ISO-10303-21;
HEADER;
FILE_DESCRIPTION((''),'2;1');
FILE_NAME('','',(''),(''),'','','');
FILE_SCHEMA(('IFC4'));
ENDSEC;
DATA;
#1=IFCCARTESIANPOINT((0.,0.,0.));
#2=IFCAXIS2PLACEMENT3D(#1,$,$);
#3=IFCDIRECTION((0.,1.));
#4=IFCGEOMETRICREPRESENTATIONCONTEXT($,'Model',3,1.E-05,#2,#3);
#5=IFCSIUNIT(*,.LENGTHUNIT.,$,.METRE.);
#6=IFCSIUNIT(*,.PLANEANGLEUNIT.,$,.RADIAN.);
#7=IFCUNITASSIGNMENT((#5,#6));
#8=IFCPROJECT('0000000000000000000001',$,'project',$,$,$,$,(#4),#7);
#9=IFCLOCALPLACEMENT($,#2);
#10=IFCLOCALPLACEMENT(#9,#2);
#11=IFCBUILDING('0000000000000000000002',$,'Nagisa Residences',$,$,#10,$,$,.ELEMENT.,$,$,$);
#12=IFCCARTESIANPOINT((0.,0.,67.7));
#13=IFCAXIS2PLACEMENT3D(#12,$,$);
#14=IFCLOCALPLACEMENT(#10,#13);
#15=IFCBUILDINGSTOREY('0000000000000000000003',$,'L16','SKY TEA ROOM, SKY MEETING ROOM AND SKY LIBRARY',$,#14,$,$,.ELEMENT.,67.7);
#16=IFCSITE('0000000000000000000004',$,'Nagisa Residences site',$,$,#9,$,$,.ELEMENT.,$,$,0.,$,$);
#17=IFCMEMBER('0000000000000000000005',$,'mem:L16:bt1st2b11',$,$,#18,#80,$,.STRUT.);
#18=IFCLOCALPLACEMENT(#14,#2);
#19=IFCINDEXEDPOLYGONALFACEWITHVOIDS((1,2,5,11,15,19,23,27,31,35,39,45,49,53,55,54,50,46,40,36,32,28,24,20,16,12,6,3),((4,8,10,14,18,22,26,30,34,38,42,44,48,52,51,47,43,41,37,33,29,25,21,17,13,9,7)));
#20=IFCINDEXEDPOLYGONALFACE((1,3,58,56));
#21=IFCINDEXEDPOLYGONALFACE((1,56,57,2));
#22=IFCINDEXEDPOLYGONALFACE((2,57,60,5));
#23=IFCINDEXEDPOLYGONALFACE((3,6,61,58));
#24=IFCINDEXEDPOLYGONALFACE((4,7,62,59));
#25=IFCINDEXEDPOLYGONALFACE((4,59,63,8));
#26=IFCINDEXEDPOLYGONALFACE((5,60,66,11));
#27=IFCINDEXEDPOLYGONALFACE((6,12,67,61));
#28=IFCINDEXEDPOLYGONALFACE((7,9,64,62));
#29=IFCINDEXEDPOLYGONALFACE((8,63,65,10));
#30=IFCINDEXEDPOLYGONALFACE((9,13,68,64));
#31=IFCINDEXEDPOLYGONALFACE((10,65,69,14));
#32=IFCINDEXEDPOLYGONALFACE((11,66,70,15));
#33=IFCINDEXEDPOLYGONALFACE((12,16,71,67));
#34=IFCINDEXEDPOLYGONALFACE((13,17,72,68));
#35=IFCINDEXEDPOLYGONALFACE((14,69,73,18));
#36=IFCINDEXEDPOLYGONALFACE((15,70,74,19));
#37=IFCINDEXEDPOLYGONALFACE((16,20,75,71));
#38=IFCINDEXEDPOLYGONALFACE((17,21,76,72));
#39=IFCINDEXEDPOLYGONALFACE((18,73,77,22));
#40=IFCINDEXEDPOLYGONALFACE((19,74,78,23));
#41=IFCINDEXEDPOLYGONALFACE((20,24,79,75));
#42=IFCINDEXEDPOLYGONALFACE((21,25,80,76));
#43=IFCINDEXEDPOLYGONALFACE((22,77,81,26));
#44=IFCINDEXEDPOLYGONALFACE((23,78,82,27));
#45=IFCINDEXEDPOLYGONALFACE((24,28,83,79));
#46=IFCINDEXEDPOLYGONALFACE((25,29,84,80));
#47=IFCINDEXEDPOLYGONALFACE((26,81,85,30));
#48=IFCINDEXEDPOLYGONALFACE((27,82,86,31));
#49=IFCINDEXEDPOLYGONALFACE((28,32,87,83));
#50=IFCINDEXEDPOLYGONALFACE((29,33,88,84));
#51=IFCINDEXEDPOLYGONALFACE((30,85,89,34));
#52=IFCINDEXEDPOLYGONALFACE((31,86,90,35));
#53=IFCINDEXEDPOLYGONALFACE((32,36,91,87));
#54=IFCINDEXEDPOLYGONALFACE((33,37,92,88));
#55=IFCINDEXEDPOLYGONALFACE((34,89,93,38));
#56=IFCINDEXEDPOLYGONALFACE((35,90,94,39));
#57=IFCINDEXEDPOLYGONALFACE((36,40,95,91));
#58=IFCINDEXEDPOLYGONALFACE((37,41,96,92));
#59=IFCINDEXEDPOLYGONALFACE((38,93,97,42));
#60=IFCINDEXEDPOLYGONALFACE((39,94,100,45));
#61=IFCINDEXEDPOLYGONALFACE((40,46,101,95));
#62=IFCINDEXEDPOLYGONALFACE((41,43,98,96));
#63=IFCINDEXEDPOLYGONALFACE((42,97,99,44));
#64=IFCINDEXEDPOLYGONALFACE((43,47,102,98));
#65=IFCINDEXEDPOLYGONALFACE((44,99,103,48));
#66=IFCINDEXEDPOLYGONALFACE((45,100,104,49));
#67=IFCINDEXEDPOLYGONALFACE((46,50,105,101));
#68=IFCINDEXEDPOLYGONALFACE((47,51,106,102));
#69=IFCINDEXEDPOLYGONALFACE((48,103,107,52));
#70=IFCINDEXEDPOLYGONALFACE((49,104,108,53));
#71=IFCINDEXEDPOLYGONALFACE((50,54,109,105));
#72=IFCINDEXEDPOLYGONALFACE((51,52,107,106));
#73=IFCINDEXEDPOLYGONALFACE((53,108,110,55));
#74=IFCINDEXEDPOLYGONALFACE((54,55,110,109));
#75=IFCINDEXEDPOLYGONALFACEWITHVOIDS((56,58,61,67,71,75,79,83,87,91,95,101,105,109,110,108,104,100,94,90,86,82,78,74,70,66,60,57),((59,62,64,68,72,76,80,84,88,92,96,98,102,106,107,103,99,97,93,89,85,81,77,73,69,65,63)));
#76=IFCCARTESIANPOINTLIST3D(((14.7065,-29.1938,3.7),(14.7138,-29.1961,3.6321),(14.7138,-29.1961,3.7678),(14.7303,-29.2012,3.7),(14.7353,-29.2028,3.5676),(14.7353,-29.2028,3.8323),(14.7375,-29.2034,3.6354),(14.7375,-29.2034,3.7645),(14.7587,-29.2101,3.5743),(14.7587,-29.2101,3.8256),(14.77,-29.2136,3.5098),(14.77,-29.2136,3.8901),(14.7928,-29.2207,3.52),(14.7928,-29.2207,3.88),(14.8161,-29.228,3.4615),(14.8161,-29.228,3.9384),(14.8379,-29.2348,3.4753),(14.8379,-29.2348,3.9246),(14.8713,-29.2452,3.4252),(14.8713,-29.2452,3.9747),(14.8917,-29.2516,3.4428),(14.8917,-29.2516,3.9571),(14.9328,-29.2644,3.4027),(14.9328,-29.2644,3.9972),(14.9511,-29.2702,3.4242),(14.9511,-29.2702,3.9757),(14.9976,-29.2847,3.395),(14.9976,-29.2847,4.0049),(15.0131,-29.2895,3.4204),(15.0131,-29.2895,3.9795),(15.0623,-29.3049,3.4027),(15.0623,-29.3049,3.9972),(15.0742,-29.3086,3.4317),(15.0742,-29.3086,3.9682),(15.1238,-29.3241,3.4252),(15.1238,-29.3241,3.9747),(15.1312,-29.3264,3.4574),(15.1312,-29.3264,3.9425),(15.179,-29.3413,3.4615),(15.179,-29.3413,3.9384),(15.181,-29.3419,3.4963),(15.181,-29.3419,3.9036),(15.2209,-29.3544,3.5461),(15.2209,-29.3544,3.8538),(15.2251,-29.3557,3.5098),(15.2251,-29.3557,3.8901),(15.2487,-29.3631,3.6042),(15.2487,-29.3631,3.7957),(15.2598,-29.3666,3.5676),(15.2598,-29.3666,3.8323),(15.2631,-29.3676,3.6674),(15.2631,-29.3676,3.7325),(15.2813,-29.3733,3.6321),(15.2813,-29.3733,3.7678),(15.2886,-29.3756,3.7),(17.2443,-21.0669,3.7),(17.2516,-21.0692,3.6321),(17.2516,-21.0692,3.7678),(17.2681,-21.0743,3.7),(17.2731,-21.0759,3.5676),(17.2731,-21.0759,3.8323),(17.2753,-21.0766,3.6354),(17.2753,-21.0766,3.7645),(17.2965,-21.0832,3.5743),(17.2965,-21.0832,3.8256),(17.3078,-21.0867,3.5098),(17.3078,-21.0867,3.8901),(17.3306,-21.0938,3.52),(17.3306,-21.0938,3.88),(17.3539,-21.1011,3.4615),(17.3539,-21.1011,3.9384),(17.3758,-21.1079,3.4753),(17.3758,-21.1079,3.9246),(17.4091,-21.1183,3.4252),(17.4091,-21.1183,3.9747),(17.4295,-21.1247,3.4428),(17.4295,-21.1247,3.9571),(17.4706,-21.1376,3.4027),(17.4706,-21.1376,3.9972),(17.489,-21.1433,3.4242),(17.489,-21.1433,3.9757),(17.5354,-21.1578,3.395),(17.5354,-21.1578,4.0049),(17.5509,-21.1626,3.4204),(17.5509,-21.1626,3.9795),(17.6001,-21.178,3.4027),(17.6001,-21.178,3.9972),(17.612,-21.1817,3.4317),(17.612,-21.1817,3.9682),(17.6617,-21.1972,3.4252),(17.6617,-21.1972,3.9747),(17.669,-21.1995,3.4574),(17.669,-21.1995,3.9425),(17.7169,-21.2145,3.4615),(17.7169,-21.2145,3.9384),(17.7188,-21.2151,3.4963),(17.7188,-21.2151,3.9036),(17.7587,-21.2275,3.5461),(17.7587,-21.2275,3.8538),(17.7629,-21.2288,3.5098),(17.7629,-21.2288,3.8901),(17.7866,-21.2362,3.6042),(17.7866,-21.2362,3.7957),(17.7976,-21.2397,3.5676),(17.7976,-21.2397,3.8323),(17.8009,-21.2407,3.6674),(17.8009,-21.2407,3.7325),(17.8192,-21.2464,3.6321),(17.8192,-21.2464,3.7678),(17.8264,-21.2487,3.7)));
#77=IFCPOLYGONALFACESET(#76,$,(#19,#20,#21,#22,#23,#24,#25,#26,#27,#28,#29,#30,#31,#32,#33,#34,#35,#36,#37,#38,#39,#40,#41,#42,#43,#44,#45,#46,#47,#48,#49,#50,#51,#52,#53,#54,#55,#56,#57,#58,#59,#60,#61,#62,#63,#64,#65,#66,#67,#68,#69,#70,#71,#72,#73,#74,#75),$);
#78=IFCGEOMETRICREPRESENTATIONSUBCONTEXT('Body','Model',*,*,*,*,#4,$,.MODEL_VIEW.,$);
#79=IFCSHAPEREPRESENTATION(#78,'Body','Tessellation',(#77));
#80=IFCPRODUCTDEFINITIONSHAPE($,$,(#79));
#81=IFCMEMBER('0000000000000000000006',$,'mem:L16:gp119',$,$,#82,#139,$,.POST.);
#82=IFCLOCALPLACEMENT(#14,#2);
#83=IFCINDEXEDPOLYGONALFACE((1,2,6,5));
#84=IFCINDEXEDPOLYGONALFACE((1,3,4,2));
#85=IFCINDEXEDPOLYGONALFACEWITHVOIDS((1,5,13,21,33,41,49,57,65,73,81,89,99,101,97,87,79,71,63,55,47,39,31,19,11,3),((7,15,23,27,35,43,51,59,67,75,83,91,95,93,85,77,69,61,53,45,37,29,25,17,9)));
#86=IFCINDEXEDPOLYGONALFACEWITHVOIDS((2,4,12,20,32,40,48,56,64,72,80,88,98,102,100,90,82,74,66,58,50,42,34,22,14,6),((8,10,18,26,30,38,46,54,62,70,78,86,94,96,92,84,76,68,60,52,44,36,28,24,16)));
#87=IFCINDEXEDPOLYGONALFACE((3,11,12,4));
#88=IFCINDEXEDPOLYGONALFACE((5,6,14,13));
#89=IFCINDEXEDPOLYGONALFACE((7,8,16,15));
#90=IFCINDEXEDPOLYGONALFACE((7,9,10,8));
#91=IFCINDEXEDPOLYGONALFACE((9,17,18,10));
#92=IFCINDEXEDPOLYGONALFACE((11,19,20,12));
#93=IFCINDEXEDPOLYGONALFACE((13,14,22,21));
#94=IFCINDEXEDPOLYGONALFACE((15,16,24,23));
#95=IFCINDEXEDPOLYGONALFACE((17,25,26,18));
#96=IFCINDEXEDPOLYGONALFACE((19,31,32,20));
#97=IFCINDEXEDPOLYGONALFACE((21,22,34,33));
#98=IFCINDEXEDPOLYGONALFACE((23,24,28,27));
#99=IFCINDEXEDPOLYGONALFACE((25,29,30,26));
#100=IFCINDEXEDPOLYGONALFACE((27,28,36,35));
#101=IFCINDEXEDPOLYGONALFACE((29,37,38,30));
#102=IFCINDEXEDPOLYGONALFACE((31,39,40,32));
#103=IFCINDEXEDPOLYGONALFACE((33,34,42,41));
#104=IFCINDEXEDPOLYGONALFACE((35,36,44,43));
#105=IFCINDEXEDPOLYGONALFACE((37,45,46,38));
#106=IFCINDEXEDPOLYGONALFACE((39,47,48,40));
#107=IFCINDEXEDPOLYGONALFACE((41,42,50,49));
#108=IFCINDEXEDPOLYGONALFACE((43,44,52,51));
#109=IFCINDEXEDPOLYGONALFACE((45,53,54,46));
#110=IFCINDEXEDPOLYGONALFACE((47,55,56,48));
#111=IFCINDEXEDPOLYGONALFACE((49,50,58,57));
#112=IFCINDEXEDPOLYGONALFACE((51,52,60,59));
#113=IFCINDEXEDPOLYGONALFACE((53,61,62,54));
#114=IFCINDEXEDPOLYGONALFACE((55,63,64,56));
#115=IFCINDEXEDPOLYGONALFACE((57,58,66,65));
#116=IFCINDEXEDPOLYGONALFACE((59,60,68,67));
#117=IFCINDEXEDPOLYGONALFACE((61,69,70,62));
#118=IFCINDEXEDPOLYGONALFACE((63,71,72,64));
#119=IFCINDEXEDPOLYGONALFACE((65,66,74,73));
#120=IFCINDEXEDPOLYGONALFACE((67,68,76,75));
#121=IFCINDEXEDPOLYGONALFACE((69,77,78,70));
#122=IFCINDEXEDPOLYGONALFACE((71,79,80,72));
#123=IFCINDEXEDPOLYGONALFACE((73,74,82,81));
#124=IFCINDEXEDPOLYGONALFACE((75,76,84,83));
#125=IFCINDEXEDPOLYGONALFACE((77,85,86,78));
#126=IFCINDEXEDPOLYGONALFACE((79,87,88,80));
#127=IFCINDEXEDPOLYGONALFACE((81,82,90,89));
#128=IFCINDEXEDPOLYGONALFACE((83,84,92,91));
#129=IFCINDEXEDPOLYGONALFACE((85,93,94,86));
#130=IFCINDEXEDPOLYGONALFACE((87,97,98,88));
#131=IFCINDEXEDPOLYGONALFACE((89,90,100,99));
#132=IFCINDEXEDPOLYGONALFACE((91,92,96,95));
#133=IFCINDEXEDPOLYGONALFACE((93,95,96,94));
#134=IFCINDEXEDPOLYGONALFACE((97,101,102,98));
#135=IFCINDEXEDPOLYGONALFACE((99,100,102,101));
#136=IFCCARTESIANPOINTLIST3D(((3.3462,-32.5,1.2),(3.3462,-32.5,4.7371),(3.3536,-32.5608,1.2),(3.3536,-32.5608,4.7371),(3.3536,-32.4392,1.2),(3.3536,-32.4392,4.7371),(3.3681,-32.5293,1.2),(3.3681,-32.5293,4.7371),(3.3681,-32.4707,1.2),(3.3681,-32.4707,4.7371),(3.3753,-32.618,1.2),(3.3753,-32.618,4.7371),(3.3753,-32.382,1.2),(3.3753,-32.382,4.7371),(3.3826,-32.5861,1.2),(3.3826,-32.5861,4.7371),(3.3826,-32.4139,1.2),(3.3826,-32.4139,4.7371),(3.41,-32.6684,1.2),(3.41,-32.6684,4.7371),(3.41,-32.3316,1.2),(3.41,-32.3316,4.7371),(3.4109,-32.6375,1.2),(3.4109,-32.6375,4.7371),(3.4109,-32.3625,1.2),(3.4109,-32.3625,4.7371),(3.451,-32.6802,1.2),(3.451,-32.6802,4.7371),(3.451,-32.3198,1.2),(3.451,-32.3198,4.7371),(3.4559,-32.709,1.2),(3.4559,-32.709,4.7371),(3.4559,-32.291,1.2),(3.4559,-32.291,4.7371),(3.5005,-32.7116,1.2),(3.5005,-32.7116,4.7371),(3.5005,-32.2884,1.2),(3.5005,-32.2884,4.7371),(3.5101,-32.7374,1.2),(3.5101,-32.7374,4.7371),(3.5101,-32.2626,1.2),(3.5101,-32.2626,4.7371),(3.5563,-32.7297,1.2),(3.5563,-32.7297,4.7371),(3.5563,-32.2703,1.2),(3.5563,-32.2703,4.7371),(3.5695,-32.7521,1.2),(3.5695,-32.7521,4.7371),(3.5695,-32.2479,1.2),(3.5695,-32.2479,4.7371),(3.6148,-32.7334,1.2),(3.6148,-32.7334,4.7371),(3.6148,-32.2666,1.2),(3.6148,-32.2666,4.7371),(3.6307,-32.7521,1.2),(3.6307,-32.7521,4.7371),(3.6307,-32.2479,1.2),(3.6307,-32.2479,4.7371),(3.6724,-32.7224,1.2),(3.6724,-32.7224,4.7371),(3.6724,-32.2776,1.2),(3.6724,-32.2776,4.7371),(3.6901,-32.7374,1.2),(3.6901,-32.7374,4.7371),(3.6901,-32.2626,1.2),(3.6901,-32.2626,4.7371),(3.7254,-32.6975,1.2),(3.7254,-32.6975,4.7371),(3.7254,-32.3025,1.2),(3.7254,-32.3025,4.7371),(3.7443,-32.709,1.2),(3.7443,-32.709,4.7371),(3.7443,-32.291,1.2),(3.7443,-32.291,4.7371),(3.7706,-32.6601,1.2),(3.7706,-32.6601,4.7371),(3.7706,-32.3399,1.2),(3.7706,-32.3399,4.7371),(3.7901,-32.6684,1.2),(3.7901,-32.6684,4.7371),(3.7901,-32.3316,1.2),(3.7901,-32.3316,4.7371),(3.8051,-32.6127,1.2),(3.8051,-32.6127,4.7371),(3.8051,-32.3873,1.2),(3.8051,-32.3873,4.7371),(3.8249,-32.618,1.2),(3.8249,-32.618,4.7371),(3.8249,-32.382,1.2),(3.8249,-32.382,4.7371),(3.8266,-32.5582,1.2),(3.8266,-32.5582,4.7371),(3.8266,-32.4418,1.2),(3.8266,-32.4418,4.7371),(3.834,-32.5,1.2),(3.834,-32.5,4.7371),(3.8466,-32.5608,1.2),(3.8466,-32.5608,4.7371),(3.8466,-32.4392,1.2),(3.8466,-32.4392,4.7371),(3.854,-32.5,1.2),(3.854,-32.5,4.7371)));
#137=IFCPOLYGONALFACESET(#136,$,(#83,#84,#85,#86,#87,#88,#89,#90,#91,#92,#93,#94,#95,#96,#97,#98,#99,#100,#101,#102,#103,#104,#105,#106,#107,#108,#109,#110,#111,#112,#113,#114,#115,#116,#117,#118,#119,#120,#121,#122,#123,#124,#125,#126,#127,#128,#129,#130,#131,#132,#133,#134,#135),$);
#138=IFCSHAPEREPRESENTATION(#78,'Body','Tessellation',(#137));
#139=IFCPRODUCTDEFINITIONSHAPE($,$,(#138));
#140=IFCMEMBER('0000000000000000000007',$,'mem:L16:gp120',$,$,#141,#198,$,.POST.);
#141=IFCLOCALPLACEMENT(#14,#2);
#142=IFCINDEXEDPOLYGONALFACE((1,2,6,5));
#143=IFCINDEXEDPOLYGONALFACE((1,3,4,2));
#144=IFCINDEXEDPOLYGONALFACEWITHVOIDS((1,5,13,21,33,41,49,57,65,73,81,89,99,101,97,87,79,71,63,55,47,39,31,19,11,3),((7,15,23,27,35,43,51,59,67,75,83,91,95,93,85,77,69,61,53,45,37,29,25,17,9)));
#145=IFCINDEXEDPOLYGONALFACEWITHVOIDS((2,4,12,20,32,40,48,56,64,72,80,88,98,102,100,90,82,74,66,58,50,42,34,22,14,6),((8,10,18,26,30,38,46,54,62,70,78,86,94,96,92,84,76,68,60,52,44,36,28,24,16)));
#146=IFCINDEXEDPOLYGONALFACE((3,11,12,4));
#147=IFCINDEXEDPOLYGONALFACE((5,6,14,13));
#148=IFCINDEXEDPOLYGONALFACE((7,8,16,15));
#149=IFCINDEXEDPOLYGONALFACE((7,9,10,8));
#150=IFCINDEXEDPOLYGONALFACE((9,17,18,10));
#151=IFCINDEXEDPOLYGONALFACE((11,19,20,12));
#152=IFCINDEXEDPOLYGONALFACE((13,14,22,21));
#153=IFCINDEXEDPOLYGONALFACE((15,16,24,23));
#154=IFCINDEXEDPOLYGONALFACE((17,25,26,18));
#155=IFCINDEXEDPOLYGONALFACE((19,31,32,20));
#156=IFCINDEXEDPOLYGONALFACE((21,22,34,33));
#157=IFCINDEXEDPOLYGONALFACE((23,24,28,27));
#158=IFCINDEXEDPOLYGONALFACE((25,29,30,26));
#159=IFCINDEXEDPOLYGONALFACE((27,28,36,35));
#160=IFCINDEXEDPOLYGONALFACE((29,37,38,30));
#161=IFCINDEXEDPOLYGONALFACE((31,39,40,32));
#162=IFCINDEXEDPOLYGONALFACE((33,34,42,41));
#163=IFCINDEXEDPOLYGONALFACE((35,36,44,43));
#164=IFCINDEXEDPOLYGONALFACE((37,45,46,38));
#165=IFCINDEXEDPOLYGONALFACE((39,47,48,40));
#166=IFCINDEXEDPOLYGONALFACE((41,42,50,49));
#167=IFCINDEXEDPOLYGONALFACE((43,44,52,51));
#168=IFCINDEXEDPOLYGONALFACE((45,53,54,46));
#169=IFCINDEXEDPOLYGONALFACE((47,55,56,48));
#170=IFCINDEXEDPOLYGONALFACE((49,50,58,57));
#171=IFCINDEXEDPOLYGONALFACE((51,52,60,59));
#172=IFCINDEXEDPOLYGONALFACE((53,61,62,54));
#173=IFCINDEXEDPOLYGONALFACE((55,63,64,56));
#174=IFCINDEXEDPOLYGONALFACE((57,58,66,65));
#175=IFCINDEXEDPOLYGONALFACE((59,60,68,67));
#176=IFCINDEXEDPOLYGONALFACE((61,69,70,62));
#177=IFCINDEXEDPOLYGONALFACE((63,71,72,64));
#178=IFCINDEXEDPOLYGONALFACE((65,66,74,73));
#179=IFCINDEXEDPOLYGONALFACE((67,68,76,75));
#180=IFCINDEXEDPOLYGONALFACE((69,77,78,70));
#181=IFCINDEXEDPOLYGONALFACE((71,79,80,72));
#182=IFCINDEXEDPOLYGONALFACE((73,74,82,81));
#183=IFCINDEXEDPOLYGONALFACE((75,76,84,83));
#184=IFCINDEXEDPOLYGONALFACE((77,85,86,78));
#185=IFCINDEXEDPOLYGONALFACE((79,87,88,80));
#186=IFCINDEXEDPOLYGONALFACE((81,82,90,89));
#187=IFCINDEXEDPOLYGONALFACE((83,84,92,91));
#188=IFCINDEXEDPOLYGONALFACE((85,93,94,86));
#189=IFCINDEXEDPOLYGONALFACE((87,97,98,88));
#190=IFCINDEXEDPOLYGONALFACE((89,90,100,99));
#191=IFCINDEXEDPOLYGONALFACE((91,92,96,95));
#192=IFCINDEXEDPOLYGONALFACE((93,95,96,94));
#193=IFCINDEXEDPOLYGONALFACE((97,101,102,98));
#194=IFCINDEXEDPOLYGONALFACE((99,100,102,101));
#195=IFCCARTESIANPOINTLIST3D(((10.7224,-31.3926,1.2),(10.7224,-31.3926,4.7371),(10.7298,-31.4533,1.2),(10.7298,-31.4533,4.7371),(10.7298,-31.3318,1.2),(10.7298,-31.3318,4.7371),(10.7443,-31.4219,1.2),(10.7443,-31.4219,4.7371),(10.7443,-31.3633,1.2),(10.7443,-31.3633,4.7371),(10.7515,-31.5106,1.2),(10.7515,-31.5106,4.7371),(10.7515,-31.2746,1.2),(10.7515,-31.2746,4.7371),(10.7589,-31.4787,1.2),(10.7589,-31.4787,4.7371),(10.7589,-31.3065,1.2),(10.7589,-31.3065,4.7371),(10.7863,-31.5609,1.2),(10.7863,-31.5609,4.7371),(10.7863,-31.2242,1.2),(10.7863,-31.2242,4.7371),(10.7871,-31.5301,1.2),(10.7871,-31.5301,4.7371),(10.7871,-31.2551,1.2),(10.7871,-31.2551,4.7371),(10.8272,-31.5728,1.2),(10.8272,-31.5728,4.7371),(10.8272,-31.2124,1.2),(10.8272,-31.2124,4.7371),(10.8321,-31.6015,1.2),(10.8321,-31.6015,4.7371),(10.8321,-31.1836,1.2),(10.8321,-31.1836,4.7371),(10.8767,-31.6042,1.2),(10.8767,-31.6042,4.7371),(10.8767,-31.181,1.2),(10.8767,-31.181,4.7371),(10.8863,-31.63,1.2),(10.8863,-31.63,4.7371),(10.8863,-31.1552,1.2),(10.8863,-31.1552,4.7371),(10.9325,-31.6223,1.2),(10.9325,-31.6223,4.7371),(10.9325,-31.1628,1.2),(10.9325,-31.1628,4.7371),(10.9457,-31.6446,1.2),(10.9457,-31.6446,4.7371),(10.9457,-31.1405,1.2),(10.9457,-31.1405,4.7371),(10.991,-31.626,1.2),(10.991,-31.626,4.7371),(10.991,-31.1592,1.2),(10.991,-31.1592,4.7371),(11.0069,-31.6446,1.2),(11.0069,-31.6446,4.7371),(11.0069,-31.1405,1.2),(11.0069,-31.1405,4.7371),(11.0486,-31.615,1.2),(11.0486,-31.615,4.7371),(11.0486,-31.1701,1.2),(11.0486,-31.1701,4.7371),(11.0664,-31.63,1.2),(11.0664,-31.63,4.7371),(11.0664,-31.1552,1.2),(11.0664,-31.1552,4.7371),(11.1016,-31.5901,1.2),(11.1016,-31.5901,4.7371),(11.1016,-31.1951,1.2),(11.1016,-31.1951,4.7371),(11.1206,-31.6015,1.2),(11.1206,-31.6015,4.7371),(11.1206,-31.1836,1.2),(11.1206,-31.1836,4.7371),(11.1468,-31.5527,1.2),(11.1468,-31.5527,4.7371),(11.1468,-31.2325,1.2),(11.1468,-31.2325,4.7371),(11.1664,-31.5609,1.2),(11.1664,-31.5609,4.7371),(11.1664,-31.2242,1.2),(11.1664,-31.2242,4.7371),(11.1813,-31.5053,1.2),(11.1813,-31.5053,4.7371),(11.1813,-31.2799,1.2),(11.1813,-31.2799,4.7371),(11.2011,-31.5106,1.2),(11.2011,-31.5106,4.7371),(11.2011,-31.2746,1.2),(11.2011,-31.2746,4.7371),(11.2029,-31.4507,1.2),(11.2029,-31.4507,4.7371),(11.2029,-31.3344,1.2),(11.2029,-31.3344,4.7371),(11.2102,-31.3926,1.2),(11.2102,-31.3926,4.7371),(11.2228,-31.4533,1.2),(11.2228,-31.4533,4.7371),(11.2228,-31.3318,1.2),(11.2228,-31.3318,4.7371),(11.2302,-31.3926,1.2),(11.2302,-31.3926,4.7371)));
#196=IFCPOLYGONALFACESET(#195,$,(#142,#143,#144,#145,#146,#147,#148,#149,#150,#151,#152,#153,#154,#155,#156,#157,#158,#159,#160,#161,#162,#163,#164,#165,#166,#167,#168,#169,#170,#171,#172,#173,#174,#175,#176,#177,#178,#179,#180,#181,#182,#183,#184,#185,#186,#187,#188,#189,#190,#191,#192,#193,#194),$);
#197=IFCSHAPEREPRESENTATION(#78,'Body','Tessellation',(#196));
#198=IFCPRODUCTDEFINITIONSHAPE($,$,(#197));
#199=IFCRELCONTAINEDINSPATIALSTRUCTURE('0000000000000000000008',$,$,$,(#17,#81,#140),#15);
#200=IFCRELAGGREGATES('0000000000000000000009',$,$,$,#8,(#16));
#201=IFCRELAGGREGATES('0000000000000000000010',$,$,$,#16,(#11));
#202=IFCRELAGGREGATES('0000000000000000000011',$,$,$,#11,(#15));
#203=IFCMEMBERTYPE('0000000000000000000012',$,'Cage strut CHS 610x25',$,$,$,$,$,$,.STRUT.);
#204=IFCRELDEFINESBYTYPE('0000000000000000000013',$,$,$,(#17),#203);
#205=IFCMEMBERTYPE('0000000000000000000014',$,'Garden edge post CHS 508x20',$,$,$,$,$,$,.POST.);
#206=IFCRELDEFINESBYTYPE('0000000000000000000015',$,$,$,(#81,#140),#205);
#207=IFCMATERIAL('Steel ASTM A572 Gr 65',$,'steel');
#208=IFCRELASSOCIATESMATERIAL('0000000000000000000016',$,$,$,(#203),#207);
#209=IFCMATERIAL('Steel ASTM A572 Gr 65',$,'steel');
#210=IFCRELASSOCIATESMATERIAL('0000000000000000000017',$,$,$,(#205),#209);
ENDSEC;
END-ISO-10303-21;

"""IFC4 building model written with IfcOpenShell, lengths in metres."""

from ifc_helpers import new_model, si_unit, direction, frame, origin, origin_2d, place, context, subcontext, project, spatial, hollow_circle, extrude, material, material_profile, profile_set, type_object, element, save


model = new_model("IFC4")

# Units and contexts
model_context = context("Model", 3, precision=1e-05, world=origin(), true_north=direction((0.0, 1.0)))
body_context = subcontext(model_context, "Body", "Model", "MODEL_VIEW")
ifc_project = project(units=[si_unit("LENGTHUNIT", "METRE"), si_unit("PLANEANGLEUNIT", "RADIAN")], contexts=[model_context])

# Site, building, storey
site_placement = place(None, origin())
site = spatial("IfcSite", under=ifc_project, at=site_placement, Name="Nagisa Residences site", CompositionType="ELEMENT", RefElevation=0.0)
building_placement = place(site_placement, origin())
building = spatial("IfcBuilding", under=site, at=building_placement, Name="Nagisa Residences", CompositionType="ELEMENT")
storey_placement = place(building_placement, frame((0.0, 0.0, 67.7)))
storey = spatial("IfcBuildingStorey", under=building, at=storey_placement, Name="L16", Description="SKY TEA ROOM, SKY MEETING ROOM AND SKY LIBRARY", CompositionType="ELEMENT", Elevation=67.7)

# Members
ifc_material_1 = material(Name="Steel ASTM A572 Gr 65", Category="steel")
ifc_material_profile_1 = material_profile(ifc_material_1, hollow_circle(Radius=0.3049, WallThickness=0.0249, at=origin_2d()), Name="CHS 610x25")
ifc_profile_set_1 = profile_set([ifc_material_profile_1], Name="Steel ASTM A572 Gr 65")
member_type_1 = type_object("IfcMemberType", Name="Cage strut CHS 610x25", PredefinedType="STRUT", material=ifc_profile_set_1)
member_1_placement = place(storey_placement, frame((14.9976, -29.2847, 3.7), z_axis=(0.298079, 0.954541, 0.0), x_axis=(-0.954541, 0.298079, 0.0)))
element("IfcMember", 1, at=member_1_placement, inside=storey, type_object=member_type_1, Name="mem:L16:bt1st2b11", PredefinedType="STRUT", context=body_context, shape_type="SweptSolid", body=[
    extrude(hollow_circle(Radius=0.3049, WallThickness=0.0249, at=origin_2d()), origin(), (0.0, 0.0, 1.0), 8.5139),
])
ifc_material_2 = material(Name="Steel ASTM A572 Gr 65", Category="steel")
ifc_material_profile_2 = material_profile(ifc_material_2, hollow_circle(Radius=0.2539, WallThickness=0.02, at=origin_2d()), Name="CHS 508x20")
ifc_profile_set_2 = profile_set([ifc_material_profile_2], Name="Steel ASTM A572 Gr 65")
member_type_2 = type_object("IfcMemberType", Name="Garden edge post CHS 508x20", PredefinedType="POST", material=ifc_profile_set_2)
for number, where, z_axis, x_axis, name in (
    (2, (3.6001, -32.5, 1.2), (0.0, 0.0, 1.0), (1.0, 0.0, 0.0), "mem:L16:gp119"),
    (3, (10.9763, -31.3926, 1.2), (0.0, 0.0, 1.0), (1.0, 0.0, 0.0), "mem:L16:gp120"),
):
    element("IfcMember", number, at=place(storey_placement, frame(where, z_axis=z_axis, x_axis=x_axis)), inside=storey, type_object=member_type_2, Name=name, PredefinedType="POST", context=body_context, shape_type="SweptSolid", body=[
        extrude(hollow_circle(Radius=0.2539, WallThickness=0.02, at=origin_2d()), origin(), (0.0, 0.0, 1.0), 3.5371),
    ])

save(model, "model.ifc")
